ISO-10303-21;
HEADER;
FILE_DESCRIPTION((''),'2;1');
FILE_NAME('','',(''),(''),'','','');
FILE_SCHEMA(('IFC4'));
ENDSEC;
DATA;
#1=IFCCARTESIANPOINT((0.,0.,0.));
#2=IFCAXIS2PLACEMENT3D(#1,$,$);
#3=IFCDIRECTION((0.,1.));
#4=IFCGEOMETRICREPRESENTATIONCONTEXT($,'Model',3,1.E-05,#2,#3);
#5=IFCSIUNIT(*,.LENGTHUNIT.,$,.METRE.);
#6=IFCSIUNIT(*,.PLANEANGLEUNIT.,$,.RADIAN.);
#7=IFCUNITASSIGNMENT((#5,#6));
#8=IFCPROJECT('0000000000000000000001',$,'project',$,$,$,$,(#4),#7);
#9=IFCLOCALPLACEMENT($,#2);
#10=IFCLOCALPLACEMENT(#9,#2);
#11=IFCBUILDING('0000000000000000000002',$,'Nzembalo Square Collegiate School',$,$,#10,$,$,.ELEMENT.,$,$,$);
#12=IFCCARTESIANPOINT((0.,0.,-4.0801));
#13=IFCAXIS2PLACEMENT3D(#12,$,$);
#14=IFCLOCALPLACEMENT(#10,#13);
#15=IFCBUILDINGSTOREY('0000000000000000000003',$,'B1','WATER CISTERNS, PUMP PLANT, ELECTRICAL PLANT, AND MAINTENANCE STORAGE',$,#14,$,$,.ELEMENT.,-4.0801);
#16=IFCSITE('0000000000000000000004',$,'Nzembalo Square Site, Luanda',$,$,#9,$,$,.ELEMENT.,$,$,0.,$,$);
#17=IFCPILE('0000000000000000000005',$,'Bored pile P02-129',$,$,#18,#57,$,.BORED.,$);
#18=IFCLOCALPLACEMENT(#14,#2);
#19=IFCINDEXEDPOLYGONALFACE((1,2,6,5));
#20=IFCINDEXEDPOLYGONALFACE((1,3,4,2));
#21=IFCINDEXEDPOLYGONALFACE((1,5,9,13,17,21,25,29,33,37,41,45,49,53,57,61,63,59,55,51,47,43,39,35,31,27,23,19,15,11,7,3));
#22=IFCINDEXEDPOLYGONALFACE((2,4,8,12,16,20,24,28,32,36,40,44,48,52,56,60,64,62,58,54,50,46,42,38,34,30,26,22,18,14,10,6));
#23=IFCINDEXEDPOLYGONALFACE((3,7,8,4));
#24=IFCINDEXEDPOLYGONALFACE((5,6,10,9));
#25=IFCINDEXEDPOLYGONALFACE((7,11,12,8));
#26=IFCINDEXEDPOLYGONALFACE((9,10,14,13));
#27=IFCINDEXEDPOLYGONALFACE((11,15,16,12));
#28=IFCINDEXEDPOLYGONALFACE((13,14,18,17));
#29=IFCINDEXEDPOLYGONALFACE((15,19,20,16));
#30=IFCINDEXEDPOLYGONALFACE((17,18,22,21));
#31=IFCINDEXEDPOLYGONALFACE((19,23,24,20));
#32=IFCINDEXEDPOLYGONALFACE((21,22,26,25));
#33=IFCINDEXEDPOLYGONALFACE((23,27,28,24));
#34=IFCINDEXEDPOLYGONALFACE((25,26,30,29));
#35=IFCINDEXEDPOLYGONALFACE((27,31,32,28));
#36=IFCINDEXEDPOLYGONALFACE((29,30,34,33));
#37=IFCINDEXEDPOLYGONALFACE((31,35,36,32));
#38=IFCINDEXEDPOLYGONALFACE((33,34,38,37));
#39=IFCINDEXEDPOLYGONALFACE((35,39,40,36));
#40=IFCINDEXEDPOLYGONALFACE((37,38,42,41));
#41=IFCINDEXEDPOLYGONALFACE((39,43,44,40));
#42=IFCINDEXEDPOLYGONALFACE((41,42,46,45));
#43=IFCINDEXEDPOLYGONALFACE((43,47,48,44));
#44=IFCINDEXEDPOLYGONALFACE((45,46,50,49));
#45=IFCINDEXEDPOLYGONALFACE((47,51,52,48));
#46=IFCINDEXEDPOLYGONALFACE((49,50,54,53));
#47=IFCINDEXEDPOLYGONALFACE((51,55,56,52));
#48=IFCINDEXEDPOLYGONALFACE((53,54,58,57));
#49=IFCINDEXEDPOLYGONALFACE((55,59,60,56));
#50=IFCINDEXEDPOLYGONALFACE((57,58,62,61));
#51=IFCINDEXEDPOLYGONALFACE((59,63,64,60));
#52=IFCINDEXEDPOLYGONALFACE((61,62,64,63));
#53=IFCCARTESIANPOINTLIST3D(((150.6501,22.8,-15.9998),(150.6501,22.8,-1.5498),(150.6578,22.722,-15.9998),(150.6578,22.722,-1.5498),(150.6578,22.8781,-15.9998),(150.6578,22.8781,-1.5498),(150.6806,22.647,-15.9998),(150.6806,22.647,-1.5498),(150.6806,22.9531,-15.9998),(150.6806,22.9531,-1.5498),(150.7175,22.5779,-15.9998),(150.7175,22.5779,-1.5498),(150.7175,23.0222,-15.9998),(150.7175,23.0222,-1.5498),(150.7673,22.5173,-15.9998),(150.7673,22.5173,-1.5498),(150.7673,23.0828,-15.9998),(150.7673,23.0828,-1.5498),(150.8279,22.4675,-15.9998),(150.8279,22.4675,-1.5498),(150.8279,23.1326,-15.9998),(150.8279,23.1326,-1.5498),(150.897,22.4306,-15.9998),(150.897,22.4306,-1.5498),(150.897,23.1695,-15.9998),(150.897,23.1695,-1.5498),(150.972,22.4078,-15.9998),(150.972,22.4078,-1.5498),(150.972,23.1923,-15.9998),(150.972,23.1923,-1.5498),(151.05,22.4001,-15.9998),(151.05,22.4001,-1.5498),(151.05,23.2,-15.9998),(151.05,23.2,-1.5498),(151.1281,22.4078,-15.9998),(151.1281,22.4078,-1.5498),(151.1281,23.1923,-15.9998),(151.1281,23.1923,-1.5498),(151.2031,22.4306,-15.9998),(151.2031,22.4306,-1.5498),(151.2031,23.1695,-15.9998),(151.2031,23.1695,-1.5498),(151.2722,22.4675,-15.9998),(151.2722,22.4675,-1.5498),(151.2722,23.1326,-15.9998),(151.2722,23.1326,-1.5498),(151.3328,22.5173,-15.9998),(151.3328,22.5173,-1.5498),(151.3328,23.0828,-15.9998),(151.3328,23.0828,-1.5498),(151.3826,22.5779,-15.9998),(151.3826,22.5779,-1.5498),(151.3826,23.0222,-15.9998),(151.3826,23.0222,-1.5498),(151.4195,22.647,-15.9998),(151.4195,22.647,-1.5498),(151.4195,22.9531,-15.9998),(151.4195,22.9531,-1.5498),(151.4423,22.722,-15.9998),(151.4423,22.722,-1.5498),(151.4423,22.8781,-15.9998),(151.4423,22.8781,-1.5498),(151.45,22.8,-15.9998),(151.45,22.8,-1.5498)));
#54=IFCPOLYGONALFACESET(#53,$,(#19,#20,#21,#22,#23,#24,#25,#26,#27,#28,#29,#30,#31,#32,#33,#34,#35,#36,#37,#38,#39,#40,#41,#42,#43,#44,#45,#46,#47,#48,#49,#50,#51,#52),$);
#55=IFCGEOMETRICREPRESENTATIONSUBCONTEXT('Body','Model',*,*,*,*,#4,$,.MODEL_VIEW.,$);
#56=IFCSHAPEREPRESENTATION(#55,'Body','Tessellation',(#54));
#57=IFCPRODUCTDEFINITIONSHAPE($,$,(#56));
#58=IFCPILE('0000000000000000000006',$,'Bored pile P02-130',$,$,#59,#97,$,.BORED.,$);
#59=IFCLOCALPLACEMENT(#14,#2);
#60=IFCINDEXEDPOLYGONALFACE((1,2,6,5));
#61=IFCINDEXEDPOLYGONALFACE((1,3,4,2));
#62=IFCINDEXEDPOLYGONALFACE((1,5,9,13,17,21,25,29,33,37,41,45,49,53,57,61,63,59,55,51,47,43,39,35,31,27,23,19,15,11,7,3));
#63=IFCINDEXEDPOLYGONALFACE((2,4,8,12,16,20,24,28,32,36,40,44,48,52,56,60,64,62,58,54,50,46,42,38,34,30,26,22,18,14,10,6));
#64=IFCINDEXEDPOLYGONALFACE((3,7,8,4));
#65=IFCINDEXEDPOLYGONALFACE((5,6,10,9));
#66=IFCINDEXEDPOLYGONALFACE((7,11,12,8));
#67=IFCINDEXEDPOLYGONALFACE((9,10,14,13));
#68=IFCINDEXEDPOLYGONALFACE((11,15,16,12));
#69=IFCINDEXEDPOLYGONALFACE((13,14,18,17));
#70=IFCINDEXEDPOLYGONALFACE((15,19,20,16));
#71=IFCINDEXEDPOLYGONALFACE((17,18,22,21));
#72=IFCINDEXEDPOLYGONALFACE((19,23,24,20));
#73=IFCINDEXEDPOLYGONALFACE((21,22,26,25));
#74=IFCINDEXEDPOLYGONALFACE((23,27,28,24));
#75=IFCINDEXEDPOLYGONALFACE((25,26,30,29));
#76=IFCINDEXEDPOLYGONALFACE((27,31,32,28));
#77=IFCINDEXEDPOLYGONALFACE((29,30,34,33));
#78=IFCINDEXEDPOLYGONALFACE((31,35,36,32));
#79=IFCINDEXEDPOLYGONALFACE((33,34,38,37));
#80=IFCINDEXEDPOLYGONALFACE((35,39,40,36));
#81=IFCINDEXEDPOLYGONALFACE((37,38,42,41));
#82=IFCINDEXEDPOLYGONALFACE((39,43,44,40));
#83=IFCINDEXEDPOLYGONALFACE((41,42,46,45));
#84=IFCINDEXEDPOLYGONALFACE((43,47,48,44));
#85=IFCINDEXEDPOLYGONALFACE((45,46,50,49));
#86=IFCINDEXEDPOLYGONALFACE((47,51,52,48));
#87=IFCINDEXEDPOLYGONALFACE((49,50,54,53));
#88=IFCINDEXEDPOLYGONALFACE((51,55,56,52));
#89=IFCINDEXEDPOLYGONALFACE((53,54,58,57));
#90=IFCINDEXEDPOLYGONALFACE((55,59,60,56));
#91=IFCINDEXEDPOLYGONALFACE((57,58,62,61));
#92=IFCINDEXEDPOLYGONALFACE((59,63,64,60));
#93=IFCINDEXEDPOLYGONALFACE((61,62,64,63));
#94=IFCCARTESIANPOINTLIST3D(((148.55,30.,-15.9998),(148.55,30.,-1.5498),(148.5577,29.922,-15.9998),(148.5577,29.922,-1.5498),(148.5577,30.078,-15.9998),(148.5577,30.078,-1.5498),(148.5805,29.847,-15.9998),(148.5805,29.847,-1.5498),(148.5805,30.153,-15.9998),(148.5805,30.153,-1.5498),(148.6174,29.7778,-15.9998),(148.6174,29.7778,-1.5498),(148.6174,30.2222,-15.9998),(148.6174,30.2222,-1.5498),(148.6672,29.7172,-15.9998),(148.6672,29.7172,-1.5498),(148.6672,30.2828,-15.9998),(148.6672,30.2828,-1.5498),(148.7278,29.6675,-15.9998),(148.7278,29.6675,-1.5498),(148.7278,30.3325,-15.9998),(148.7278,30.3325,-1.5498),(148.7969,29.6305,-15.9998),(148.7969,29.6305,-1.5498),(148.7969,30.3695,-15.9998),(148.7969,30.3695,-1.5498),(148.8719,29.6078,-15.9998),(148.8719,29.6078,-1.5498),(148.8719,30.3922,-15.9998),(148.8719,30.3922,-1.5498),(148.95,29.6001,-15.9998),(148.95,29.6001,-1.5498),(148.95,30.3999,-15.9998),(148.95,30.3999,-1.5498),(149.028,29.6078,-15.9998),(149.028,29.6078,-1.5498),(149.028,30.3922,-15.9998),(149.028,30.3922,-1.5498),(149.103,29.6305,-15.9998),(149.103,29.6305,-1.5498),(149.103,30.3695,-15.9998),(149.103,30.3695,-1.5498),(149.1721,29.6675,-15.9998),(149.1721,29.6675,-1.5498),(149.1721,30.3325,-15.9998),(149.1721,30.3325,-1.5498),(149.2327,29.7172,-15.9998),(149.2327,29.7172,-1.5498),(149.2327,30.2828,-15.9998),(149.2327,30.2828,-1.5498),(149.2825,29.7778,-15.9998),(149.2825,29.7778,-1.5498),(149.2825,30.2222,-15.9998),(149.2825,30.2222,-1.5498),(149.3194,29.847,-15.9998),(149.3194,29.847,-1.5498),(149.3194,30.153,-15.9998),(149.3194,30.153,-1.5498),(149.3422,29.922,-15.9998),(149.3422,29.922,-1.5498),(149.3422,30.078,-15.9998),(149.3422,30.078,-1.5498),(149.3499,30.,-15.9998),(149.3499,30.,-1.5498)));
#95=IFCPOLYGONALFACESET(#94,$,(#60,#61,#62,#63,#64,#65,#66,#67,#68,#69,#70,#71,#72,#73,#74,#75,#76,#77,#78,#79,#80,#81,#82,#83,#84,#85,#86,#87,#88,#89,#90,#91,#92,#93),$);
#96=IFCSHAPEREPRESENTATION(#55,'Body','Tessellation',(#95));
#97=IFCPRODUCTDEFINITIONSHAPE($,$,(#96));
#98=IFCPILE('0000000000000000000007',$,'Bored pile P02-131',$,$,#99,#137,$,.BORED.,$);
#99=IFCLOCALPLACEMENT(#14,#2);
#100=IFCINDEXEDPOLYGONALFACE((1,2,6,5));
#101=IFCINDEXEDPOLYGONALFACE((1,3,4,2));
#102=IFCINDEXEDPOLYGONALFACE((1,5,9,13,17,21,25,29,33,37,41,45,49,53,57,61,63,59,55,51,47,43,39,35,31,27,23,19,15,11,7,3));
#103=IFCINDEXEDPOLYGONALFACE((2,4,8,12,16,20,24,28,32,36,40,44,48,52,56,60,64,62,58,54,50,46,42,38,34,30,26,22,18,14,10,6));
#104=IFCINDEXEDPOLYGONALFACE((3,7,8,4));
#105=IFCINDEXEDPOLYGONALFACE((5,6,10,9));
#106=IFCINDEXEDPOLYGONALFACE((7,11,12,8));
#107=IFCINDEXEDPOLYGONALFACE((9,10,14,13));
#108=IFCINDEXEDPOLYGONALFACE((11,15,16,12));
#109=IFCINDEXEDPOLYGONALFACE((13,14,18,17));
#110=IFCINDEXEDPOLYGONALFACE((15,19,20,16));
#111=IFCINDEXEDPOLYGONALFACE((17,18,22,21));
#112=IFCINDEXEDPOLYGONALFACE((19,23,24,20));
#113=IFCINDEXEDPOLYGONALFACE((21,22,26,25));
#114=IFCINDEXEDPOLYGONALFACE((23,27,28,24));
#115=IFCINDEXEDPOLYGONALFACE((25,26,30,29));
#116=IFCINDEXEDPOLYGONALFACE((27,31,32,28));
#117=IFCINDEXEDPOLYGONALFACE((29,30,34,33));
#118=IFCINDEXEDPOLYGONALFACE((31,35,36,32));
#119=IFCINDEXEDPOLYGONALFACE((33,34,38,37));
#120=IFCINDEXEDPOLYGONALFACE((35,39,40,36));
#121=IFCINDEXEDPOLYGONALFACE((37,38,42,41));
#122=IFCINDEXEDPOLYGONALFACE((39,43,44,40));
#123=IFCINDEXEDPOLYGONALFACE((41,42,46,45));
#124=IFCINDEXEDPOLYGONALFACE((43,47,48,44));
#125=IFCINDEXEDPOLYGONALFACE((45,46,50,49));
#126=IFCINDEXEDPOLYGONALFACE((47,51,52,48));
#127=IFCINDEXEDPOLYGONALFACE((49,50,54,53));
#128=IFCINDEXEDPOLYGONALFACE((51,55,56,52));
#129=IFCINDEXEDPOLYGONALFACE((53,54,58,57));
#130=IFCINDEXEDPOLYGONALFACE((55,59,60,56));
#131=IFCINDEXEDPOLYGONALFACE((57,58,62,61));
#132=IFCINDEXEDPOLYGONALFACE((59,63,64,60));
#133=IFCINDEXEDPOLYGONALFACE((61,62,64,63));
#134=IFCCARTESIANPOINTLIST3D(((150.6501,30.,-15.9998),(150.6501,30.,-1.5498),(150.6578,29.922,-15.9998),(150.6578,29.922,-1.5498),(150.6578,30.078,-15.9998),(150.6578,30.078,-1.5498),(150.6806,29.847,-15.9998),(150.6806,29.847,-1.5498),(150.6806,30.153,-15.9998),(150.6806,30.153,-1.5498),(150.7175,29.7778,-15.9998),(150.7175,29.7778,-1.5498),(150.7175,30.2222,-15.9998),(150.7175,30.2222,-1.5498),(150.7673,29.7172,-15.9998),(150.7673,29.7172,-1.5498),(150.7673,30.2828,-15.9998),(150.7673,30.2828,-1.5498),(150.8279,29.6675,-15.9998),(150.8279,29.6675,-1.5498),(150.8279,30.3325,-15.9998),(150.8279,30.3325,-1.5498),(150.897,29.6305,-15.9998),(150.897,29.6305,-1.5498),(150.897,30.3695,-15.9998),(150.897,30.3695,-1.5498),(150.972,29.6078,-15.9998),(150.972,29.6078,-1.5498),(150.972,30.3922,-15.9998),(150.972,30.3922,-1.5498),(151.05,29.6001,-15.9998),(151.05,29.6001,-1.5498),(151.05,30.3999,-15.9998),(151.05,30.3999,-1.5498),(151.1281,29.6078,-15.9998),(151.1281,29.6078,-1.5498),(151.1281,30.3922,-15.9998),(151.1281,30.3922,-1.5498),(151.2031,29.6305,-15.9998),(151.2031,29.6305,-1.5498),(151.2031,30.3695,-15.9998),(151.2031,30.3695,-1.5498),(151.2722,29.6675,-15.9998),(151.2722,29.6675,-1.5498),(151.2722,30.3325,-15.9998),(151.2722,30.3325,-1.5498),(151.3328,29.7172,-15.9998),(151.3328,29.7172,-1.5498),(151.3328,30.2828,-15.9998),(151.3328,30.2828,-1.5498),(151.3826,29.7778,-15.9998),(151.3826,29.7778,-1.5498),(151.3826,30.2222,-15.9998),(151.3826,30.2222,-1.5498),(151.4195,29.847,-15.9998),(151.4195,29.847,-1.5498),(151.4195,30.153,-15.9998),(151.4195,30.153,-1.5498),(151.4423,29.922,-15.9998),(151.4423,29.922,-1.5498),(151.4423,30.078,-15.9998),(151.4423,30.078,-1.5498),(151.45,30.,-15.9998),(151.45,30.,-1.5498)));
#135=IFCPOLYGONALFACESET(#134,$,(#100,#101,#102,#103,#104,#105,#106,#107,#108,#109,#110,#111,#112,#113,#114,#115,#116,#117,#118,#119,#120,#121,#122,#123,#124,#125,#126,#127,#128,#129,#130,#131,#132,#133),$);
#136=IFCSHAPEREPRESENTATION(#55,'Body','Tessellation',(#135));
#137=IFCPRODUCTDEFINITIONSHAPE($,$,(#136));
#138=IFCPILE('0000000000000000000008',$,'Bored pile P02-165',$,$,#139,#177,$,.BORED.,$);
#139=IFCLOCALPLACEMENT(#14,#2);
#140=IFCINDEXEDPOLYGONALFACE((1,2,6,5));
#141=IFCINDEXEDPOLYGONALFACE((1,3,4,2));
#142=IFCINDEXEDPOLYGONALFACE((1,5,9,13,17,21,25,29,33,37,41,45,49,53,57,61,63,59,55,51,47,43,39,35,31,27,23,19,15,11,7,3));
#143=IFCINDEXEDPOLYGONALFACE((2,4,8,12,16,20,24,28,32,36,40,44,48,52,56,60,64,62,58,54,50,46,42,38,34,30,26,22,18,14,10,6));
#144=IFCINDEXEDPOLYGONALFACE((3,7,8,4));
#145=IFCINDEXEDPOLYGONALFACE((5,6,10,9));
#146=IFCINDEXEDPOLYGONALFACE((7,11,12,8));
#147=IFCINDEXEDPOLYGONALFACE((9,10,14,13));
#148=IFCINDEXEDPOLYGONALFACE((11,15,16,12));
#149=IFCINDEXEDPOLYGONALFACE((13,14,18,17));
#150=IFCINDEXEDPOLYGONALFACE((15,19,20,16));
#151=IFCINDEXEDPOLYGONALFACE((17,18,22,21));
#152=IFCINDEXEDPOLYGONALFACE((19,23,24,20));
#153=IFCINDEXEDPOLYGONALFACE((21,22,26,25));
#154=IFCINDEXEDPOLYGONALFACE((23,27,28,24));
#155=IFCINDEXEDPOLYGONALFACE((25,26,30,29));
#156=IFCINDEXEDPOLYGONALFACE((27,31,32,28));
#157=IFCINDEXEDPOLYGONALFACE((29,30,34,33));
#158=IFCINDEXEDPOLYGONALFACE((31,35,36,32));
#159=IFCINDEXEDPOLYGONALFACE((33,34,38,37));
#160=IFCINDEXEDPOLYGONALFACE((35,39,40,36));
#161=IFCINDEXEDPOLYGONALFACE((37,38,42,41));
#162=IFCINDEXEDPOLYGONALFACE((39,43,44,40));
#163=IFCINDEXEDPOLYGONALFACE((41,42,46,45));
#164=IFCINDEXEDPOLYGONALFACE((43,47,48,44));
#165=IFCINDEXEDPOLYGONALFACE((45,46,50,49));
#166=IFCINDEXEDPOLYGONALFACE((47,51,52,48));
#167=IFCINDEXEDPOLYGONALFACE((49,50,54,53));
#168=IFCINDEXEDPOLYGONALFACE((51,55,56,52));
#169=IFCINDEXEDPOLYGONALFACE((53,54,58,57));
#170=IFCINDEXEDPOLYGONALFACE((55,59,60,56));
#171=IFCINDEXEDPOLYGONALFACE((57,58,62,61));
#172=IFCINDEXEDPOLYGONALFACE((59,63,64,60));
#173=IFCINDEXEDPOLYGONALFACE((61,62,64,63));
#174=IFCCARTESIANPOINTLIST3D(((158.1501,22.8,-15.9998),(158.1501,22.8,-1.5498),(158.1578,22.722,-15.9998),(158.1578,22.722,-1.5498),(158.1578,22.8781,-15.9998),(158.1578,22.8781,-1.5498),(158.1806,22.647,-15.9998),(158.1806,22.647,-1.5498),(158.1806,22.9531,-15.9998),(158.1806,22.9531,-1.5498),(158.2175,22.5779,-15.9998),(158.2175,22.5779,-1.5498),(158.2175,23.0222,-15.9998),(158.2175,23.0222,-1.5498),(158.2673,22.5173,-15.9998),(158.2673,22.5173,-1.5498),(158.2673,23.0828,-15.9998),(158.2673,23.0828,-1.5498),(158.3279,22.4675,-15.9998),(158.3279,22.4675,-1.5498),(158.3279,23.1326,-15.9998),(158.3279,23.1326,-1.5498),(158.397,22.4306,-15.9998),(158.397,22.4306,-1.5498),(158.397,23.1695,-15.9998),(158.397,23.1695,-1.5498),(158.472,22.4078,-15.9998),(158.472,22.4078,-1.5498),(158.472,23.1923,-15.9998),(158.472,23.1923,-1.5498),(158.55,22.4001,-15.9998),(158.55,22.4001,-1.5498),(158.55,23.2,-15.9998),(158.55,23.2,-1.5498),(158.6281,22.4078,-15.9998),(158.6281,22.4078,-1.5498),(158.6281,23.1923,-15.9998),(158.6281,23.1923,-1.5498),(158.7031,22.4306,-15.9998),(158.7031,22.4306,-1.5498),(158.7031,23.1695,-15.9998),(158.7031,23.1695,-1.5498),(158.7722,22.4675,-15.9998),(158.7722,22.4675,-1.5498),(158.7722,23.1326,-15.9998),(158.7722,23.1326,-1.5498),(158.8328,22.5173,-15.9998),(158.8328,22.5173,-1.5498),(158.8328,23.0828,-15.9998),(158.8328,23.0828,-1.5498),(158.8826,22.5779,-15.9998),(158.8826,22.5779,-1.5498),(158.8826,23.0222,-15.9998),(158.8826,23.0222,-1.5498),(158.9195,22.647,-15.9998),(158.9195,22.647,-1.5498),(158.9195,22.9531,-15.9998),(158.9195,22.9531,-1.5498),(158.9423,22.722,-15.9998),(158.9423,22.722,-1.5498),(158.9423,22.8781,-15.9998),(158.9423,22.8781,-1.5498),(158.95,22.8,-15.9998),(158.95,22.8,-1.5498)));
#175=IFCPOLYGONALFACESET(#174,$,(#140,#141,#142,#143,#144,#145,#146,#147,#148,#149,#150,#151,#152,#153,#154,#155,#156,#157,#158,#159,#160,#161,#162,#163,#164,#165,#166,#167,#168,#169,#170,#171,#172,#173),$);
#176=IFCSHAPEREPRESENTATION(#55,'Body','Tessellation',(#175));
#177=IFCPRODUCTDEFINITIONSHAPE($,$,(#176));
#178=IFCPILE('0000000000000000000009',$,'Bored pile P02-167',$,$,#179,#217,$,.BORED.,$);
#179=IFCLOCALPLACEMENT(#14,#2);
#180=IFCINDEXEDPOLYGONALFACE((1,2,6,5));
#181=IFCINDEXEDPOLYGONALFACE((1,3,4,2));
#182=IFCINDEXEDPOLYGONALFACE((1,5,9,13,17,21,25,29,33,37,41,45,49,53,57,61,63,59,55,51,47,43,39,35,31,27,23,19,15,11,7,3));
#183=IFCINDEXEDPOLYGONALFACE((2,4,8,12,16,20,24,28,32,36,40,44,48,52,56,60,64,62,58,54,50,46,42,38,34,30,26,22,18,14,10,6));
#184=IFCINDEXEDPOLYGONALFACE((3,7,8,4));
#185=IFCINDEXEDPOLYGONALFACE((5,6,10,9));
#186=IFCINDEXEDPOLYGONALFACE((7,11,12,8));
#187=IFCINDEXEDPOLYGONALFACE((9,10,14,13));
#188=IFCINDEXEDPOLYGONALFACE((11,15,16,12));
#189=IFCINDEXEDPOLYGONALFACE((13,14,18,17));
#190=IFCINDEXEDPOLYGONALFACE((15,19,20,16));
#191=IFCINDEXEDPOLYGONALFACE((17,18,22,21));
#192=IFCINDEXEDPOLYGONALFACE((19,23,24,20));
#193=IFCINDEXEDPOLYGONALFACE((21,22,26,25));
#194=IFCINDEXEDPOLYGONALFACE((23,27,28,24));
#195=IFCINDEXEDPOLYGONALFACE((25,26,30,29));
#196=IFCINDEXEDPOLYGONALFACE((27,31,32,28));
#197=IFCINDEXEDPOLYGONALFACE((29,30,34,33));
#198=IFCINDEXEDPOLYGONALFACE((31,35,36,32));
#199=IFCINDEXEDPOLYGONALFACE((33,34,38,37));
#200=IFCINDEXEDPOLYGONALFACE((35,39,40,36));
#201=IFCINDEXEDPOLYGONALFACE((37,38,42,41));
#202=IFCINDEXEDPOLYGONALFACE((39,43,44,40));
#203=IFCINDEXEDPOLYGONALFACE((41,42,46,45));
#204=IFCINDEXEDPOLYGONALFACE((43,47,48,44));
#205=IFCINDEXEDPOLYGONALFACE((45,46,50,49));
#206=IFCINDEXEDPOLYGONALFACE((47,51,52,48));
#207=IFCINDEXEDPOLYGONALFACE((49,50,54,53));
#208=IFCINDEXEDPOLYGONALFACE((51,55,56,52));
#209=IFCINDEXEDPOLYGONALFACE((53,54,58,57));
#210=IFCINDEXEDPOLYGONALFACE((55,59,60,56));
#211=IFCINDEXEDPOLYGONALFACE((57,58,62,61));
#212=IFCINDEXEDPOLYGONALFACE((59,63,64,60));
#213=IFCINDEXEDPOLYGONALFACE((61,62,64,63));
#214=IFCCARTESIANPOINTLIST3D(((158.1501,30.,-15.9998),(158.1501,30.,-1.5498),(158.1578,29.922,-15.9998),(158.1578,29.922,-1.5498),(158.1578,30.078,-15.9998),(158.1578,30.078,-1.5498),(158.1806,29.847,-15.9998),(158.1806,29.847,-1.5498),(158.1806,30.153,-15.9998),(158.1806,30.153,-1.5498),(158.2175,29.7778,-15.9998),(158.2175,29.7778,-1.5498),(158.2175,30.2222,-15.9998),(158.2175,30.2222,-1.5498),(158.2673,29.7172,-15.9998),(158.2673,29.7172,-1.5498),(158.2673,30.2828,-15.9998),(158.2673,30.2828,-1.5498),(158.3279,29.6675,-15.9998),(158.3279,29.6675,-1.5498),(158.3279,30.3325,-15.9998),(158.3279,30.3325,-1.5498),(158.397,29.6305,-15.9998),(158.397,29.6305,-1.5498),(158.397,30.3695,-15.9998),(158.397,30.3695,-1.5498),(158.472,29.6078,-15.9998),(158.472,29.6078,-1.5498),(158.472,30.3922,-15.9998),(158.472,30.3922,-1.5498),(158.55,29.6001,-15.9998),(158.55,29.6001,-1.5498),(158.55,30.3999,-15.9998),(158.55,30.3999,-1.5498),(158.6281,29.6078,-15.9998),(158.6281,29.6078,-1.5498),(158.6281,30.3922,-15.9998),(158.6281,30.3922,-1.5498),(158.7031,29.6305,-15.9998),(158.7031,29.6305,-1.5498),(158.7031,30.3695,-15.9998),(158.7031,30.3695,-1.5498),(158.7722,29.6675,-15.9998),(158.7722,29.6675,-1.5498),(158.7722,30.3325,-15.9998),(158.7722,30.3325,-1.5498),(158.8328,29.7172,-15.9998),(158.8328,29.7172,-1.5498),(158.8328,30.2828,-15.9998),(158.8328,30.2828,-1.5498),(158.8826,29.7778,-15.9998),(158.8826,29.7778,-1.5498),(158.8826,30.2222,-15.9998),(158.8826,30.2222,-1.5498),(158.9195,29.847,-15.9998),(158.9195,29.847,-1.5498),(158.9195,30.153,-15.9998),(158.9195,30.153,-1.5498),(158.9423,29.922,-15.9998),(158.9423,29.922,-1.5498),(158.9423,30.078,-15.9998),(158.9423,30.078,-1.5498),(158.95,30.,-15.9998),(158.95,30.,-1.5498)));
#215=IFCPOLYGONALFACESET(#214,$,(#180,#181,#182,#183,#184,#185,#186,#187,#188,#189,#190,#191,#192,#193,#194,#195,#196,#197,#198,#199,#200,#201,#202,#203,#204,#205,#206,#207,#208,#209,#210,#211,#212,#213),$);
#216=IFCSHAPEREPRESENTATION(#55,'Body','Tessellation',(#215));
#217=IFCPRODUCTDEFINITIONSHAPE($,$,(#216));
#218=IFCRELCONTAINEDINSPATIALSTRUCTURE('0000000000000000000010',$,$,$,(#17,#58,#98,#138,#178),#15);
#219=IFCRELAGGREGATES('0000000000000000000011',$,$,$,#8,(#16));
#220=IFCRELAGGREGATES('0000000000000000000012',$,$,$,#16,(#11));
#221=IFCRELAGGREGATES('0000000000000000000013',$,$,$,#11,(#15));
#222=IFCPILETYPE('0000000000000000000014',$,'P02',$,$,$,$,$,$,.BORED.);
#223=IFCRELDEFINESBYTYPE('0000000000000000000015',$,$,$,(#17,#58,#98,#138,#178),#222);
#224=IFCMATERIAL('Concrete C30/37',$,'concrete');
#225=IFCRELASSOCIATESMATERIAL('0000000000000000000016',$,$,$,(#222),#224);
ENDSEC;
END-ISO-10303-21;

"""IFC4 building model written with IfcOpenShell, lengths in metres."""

from ifc_helpers import new_model, si_unit, direction, frame, origin, origin_2d, place, context, subcontext, project, spatial, circle, extrude, material, material_profile, profile_set, type_object, element, save


model = new_model("IFC4")

# Units and contexts
model_context = context("Model", 3, precision=1e-05, world=origin(), true_north=direction((0.0, 1.0)))
body_context = subcontext(model_context, "Body", "Model", "MODEL_VIEW")
ifc_project = project(units=[si_unit("LENGTHUNIT", "METRE"), si_unit("PLANEANGLEUNIT", "RADIAN")], contexts=[model_context])

# Site, building, storey
site_placement = place(None, origin())
site = spatial("IfcSite", under=ifc_project, at=site_placement, Name="Nzembalo Square Site, Luanda", CompositionType="ELEMENT", RefElevation=0.0)
building_placement = place(site_placement, origin())
building = spatial("IfcBuilding", under=site, at=building_placement, Name="Nzembalo Square Collegiate School", CompositionType="ELEMENT")
storey_placement = place(building_placement, frame((0.0, 0.0, -4.0801)))
storey = spatial("IfcBuildingStorey", under=building, at=storey_placement, Name="B1", Description="WATER CISTERNS, PUMP PLANT, ELECTRICAL PLANT, AND MAINTENANCE STORAGE", CompositionType="ELEMENT", Elevation=-4.0801)

# Piles
ifc_material_1 = material(Name="Concrete C30/37", Category="concrete")
ifc_material_profile_1 = material_profile(ifc_material_1, circle(Radius=0.3999, at=origin_2d()), Name="PILE D800")
ifc_profile_set_1 = profile_set([ifc_material_profile_1], Name="Concrete C30/37")
pile_type = type_object("IfcPileType", Name="P02", PredefinedType="BORED", material=ifc_profile_set_1)
for number, where, z_axis, x_axis, name in (
    (1, (151.05, 22.8, -1.5498), (0.0, 0.0, -1.0), (1.0, 0.0, 0.0), "Bored pile P02-129"),
    (2, (148.95, 30.0, -1.5498), (0.0, 0.0, -1.0), (1.0, 0.0, 0.0), "Bored pile P02-130"),
    (3, (151.05, 30.0, -1.5498), (0.0, 0.0, -1.0), (1.0, 0.0, 0.0), "Bored pile P02-131"),
    (4, (158.55, 22.8, -1.5498), (0.0, 0.0, -1.0), (1.0, 0.0, 0.0), "Bored pile P02-165"),
    (5, (158.55, 30.0, -1.5498), (0.0, 0.0, -1.0), (1.0, 0.0, 0.0), "Bored pile P02-167"),
):
    element("IfcPile", number, at=place(storey_placement, frame(where, z_axis=z_axis, x_axis=x_axis)), inside=storey, type_object=pile_type, Name=name, PredefinedType="BORED", context=body_context, shape_type="SweptSolid", body=[
        extrude(circle(Radius=0.3999, at=origin_2d()), origin(), (0.0, 0.0, 1.0), 14.45),
    ])

save(model, "model.ifc")
